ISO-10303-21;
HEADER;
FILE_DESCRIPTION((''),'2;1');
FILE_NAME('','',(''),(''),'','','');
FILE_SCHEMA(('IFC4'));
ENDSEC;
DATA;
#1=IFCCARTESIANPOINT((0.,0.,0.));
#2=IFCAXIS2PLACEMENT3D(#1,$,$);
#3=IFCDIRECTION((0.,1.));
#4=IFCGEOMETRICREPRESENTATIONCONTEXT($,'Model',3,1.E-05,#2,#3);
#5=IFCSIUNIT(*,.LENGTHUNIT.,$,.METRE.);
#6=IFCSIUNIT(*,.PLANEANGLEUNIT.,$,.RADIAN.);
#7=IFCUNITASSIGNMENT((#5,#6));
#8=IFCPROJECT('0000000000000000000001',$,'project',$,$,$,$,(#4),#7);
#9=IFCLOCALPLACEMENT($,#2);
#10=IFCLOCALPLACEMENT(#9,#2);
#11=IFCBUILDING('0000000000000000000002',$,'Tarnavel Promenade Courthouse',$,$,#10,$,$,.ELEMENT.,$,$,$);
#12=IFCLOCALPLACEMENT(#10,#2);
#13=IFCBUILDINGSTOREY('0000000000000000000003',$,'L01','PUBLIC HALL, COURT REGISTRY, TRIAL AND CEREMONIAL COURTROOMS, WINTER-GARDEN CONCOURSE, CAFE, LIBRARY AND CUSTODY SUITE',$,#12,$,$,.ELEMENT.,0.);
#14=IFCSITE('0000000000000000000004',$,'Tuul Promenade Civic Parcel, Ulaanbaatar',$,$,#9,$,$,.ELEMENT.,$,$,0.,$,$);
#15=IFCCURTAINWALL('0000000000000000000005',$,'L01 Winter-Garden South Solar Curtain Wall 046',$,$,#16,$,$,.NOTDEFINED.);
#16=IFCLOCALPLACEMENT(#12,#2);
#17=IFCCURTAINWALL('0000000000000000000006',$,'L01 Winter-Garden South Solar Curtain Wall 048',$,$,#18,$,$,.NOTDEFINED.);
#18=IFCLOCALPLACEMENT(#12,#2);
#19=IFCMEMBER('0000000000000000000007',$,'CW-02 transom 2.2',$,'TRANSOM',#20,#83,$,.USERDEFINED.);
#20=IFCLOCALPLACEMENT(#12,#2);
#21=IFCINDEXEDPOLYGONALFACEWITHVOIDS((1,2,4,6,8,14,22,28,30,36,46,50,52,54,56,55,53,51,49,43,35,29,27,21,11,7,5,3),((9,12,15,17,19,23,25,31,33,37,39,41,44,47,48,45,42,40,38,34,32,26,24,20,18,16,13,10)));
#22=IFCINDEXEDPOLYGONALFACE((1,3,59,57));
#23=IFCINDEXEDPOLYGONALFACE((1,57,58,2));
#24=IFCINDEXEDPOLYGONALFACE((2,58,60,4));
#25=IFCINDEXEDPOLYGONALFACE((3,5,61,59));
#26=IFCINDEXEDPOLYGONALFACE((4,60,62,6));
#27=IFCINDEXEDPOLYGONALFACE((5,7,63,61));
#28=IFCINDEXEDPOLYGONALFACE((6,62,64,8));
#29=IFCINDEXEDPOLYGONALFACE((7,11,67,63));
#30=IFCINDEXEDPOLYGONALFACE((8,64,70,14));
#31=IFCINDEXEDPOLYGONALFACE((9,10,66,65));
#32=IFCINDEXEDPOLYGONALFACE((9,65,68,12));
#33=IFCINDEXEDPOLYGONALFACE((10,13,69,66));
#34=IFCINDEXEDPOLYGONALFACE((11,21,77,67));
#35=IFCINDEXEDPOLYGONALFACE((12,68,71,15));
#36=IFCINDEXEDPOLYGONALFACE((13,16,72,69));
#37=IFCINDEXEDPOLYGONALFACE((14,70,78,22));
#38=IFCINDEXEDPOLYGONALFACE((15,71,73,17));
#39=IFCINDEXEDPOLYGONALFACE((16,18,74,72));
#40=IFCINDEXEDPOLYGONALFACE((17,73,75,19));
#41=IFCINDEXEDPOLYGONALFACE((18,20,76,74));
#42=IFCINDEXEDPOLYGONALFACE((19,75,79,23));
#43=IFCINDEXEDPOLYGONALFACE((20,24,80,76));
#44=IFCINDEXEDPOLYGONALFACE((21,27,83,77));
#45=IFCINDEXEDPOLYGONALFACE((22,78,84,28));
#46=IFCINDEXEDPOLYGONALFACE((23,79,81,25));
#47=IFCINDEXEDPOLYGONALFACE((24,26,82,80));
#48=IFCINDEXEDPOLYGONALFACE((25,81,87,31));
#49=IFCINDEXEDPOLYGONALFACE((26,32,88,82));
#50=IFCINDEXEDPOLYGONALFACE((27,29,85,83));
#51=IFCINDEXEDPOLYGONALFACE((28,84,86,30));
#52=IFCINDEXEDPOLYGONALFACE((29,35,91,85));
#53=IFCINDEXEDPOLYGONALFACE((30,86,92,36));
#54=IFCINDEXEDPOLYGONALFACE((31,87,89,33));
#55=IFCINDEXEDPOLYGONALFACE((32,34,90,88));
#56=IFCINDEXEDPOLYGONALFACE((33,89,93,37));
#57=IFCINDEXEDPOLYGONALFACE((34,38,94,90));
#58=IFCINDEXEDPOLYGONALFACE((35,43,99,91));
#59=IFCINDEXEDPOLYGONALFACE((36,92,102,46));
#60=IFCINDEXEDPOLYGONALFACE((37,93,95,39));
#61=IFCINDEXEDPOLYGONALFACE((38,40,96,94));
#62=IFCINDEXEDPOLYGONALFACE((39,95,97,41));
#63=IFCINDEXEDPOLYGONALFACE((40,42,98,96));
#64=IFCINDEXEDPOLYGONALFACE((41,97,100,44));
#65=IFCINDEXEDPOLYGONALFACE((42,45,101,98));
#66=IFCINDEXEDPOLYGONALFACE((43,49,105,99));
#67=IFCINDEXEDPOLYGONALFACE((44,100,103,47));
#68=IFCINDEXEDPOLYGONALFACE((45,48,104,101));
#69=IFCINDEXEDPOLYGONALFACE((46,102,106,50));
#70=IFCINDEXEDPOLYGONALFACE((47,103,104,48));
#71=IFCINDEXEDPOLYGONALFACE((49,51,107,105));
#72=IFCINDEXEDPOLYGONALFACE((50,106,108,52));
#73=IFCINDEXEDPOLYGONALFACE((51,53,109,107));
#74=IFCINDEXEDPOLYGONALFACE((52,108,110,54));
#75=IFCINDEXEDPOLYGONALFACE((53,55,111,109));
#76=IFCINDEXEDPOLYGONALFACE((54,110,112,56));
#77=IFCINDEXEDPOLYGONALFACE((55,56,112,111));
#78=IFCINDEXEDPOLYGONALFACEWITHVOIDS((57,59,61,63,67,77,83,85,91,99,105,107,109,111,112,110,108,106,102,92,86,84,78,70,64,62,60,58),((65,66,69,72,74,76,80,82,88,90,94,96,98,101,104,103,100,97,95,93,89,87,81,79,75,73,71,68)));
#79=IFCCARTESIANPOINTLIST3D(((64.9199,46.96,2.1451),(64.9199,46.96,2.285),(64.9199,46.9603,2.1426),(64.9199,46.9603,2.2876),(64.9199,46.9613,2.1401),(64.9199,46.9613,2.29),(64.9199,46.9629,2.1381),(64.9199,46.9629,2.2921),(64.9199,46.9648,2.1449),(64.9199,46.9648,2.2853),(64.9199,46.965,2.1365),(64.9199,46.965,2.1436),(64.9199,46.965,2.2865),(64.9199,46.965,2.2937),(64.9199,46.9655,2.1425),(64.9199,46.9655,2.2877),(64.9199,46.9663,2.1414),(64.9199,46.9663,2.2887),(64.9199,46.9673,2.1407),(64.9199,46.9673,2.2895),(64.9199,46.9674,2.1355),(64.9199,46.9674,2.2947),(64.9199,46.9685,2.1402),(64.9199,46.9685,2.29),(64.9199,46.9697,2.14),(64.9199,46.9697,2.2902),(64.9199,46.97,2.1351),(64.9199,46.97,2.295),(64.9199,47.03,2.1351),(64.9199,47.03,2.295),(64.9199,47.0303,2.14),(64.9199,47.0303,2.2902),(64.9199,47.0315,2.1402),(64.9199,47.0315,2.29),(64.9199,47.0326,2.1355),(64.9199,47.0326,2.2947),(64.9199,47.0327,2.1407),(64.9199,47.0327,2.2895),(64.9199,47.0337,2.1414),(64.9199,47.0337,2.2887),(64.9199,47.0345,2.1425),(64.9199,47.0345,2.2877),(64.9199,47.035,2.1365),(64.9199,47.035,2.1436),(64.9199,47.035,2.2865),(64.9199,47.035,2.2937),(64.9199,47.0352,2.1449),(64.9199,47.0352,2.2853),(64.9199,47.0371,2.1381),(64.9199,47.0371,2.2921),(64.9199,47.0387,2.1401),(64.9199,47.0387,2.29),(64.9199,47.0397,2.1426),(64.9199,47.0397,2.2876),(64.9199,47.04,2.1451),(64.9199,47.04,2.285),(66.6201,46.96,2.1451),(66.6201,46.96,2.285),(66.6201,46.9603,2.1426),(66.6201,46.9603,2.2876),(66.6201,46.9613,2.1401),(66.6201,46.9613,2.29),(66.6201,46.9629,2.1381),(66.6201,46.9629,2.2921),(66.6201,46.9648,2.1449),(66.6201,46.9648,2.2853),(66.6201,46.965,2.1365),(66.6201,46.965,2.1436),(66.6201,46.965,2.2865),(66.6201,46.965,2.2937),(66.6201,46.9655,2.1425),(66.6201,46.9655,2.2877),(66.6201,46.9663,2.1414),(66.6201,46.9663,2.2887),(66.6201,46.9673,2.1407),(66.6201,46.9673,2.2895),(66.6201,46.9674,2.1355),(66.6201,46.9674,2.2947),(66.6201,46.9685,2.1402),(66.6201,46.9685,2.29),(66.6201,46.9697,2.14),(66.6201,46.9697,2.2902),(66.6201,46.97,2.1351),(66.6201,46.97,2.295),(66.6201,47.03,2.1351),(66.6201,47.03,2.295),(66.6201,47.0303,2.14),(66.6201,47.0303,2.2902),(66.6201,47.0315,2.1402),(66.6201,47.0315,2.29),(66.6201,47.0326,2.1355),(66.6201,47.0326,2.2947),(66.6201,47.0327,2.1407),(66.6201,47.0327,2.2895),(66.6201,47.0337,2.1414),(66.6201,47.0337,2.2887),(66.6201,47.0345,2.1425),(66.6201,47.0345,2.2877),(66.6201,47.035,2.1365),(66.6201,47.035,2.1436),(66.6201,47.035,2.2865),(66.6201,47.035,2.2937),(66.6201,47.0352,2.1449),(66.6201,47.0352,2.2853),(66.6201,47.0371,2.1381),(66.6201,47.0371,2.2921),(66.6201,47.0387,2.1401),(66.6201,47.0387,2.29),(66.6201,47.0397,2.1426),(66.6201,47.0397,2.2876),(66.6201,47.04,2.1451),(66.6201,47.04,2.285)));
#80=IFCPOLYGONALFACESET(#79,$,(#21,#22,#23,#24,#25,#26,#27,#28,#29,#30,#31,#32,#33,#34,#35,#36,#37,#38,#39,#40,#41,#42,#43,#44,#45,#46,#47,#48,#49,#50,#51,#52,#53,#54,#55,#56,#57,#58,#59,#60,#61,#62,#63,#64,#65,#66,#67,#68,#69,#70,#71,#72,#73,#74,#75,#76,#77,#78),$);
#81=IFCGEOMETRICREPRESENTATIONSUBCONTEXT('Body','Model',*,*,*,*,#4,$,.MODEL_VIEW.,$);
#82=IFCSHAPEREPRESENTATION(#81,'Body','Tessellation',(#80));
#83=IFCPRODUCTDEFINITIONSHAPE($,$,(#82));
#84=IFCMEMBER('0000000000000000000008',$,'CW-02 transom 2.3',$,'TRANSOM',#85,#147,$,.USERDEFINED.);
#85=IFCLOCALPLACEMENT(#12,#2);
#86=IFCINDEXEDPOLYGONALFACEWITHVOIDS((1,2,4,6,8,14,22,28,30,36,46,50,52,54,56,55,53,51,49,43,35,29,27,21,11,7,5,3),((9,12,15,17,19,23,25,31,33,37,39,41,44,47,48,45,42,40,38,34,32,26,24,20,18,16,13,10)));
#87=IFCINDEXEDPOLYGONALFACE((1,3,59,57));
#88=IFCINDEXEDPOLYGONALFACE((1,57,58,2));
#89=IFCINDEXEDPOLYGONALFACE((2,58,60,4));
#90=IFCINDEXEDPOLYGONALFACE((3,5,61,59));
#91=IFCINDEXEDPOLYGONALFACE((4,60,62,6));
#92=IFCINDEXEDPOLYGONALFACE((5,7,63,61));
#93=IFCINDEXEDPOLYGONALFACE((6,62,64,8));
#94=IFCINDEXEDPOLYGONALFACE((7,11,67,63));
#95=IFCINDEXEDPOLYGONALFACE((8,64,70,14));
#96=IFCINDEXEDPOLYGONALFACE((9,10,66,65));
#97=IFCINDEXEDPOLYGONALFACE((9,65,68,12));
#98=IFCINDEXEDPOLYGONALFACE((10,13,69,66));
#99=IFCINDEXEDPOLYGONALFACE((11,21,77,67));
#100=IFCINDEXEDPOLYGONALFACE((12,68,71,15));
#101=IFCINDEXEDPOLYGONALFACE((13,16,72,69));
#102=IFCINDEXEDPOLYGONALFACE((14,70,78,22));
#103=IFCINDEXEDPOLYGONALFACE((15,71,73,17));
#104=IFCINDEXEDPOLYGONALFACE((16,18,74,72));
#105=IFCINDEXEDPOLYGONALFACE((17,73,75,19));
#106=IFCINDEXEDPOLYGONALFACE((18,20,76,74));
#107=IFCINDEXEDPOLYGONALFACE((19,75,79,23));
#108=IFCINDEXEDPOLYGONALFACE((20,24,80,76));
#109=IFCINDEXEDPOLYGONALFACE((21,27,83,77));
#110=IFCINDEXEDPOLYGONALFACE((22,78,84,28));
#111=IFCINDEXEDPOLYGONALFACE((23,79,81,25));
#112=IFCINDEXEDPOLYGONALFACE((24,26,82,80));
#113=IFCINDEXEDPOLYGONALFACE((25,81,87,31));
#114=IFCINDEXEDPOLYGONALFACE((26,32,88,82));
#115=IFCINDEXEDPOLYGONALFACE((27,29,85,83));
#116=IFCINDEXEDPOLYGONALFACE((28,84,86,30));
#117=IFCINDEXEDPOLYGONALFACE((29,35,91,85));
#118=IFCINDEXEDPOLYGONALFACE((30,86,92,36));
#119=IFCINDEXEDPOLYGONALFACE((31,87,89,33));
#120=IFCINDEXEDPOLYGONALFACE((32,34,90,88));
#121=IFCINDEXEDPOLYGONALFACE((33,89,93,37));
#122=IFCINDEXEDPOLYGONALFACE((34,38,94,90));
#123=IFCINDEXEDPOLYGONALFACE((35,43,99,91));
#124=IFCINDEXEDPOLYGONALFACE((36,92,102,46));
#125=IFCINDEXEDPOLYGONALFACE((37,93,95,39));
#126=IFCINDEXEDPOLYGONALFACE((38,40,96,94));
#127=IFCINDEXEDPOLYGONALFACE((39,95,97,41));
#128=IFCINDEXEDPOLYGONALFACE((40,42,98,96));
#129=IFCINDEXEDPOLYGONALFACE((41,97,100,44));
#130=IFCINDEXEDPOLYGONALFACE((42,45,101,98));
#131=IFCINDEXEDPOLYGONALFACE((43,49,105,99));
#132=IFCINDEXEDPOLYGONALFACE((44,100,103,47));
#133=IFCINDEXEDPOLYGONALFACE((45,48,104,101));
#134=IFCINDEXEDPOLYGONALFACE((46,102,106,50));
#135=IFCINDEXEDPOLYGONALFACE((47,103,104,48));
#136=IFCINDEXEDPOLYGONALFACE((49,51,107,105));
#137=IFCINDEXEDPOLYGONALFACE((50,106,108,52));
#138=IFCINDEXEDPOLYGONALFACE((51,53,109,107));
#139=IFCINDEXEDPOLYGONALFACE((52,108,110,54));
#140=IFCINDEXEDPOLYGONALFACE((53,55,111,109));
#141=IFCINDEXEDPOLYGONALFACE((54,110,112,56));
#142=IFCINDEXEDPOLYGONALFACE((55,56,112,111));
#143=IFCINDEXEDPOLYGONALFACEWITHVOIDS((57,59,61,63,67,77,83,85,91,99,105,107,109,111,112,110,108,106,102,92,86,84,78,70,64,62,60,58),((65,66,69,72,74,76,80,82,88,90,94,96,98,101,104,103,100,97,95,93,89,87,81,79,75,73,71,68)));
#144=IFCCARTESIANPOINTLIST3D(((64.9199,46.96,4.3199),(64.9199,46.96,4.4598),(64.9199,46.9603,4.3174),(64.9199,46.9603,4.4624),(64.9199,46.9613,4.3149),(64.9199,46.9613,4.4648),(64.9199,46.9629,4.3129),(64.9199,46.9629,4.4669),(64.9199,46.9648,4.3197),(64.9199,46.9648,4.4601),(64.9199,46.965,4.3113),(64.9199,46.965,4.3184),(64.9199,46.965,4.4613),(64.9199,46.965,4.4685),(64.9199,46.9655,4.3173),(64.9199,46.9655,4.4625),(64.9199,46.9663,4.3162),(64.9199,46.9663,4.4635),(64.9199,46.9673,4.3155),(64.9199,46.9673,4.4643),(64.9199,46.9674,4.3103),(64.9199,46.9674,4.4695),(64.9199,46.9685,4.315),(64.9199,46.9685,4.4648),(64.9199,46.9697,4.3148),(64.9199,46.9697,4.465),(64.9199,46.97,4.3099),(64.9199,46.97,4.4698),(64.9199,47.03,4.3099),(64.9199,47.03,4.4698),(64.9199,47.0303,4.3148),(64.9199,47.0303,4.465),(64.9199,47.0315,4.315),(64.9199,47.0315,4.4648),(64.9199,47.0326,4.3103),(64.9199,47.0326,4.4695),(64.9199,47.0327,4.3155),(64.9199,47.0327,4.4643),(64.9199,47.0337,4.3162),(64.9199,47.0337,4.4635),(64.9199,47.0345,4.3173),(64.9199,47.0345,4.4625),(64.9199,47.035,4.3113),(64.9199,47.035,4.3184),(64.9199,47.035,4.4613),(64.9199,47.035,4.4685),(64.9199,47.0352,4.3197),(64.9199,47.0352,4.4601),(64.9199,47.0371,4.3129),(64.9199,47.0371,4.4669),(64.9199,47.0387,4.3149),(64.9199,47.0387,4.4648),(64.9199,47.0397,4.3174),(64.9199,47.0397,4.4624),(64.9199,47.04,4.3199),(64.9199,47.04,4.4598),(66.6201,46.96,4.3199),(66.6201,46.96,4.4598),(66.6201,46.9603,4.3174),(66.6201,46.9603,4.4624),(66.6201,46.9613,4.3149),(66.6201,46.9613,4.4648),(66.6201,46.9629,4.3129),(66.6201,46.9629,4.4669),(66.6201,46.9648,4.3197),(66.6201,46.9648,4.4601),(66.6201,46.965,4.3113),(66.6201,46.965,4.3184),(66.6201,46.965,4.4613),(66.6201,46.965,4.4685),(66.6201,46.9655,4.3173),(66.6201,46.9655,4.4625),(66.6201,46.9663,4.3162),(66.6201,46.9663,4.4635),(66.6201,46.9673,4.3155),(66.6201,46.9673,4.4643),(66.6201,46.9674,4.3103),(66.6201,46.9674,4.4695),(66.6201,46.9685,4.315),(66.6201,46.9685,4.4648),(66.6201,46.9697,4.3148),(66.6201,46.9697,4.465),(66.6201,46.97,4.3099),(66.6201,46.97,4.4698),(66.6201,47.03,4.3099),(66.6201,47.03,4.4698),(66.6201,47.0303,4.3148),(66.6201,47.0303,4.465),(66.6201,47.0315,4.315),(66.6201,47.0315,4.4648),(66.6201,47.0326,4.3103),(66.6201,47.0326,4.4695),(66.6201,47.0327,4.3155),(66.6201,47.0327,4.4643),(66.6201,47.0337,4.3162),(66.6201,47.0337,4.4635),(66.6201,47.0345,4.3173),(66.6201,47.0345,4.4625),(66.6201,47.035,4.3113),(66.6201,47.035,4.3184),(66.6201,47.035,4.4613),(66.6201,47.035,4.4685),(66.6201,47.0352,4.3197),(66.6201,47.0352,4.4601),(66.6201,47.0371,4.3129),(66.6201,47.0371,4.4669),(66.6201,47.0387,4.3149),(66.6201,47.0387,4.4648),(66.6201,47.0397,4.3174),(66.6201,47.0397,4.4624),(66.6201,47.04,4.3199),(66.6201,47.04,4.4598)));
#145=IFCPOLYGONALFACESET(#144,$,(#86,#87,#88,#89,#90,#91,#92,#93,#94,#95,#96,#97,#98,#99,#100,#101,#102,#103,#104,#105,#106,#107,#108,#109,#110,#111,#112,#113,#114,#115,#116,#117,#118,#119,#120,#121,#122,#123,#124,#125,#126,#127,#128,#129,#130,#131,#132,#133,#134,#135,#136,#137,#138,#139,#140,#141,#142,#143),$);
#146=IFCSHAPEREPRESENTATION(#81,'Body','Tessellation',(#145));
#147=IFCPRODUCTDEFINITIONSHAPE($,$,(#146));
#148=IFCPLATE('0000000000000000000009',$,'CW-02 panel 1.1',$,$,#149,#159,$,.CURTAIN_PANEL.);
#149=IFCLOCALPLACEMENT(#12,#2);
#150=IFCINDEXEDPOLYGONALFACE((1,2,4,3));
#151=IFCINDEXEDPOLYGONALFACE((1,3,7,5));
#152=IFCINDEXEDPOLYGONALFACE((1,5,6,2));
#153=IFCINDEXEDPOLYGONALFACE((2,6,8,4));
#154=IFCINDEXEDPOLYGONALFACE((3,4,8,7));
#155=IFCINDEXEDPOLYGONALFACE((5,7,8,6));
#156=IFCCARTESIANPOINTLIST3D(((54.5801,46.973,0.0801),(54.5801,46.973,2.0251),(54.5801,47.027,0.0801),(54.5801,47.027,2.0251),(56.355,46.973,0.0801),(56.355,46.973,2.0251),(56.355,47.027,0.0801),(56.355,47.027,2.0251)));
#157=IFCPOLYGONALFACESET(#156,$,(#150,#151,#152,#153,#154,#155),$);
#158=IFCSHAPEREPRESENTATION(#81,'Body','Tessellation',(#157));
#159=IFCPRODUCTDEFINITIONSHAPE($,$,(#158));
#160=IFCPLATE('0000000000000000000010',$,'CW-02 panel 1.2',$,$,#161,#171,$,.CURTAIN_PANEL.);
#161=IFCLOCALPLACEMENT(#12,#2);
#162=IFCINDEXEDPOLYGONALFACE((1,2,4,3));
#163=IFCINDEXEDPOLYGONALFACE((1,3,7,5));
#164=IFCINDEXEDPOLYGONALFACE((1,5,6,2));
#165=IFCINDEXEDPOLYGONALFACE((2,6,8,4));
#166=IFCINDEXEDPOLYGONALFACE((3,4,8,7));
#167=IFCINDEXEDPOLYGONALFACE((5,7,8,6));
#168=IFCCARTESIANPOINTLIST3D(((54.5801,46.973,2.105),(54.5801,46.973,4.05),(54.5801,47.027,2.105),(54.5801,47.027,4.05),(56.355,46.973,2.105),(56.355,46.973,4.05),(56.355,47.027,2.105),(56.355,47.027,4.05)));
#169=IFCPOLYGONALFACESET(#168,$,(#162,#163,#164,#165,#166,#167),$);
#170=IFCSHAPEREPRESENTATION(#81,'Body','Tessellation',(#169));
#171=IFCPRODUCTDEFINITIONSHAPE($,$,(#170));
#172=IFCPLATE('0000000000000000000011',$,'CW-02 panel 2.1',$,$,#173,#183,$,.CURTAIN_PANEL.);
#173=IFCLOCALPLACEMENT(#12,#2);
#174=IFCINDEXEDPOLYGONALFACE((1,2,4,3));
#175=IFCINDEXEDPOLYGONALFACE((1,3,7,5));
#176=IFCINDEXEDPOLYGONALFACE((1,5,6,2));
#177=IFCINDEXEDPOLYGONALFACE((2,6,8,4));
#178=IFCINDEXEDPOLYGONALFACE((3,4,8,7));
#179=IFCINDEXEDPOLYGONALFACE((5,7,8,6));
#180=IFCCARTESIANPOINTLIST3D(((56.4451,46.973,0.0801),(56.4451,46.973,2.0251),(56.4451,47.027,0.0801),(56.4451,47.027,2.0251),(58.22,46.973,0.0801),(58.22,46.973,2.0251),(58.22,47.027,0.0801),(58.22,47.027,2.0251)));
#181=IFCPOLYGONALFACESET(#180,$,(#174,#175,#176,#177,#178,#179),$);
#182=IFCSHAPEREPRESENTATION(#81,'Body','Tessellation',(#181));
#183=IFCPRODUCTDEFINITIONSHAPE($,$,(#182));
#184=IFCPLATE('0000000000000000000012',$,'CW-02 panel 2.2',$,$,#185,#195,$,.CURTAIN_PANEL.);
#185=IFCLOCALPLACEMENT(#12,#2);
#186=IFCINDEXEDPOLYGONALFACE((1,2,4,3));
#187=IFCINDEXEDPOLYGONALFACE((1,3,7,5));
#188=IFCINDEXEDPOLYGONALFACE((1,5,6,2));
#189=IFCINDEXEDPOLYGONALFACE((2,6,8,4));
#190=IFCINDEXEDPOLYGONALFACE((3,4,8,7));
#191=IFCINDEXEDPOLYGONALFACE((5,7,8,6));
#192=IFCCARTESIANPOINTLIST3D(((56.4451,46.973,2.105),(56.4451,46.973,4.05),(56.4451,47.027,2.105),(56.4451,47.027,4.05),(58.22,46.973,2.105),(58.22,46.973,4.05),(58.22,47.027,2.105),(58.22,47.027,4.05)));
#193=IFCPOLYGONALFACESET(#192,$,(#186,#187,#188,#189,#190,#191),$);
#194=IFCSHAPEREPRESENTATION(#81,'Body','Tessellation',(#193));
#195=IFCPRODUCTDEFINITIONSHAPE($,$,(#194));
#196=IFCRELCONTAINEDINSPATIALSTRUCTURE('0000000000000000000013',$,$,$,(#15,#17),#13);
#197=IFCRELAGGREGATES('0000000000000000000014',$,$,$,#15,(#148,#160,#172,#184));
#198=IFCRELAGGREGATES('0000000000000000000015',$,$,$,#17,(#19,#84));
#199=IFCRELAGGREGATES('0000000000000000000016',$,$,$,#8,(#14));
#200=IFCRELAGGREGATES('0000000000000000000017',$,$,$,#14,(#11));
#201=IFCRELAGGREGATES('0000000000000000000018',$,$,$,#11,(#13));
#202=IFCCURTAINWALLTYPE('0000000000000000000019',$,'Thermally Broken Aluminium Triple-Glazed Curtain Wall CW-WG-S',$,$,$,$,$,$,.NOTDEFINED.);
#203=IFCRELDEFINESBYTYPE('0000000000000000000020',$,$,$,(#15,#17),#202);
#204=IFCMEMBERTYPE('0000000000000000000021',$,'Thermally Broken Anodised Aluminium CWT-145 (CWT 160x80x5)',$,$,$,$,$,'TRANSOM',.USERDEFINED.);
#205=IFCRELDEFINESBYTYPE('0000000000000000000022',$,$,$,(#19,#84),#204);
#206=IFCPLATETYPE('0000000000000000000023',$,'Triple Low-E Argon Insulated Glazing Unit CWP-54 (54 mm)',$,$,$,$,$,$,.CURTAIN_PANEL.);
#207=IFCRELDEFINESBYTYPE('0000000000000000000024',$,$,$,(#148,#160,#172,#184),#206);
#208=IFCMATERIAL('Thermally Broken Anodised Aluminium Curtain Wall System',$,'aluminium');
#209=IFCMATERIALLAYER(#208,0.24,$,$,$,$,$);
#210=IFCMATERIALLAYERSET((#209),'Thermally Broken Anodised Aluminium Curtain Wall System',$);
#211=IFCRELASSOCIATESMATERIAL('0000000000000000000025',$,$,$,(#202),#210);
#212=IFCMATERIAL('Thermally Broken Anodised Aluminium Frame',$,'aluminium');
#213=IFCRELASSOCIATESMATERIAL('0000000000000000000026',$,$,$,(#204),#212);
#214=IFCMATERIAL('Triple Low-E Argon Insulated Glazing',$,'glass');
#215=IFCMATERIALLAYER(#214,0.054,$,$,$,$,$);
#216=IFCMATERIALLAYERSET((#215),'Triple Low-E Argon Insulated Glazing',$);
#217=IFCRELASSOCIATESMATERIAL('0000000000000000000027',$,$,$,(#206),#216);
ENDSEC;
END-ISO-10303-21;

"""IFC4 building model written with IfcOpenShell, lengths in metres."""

from ifc_helpers import new_model, si_unit, direction, frame, origin, origin_2d, place, context, subcontext, project, spatial, rectangle, hollow_rectangle, extrude, material, layer, layer_set, material_profile, profile_set, type_object, element, aggregate, save


model = new_model("IFC4")

# Units and contexts
model_context = context("Model", 3, precision=1e-05, world=origin(), true_north=direction((0.0, 1.0)))
body_context = subcontext(model_context, "Body", "Model", "MODEL_VIEW")
ifc_project = project(units=[si_unit("LENGTHUNIT", "METRE"), si_unit("PLANEANGLEUNIT", "RADIAN")], contexts=[model_context])

# Site, building, storey
site_placement = place(None, origin())
site = spatial("IfcSite", under=ifc_project, at=site_placement, Name="Tuul Promenade Civic Parcel, Ulaanbaatar", CompositionType="ELEMENT", RefElevation=0.0)
building_placement = place(site_placement, origin())
building = spatial("IfcBuilding", under=site, at=building_placement, Name="Tarnavel Promenade Courthouse", CompositionType="ELEMENT")
storey_placement = place(building_placement, origin())
storey = spatial("IfcBuildingStorey", under=building, at=storey_placement, Name="L01", Description="PUBLIC HALL, COURT REGISTRY, TRIAL AND CEREMONIAL COURTROOMS, WINTER-GARDEN CONCOURSE, CAFE, LIBRARY AND CUSTODY SUITE", CompositionType="ELEMENT", Elevation=0.0)

# Curtain walls
ifc_material_1 = material(Name="Thermally Broken Anodised Aluminium Curtain Wall System", Category="aluminium")
ifc_layer_1 = layer(ifc_material_1, 0.24)
ifc_layer_set_1 = layer_set([ifc_layer_1], Name="Thermally Broken Anodised Aluminium Curtain Wall System")
curtain_wall_type = type_object("IfcCurtainWallType", Name="Thermally Broken Aluminium Triple-Glazed Curtain Wall CW-WG-S", PredefinedType="NOTDEFINED", material=ifc_layer_set_1)
curtain_wall_1_placement = place(storey_placement, origin())
curtain_wall_1 = element("IfcCurtainWall", 1, at=curtain_wall_1_placement, inside=storey, type_object=curtain_wall_type, Name="L01 Winter-Garden South Solar Curtain Wall 046", PredefinedType="NOTDEFINED")
ifc_material_2 = material(Name="Thermally Broken Anodised Aluminium Frame", Category="aluminium")
curtain_wall_2_placement = place(storey_placement, origin())
curtain_wall_2 = element("IfcCurtainWall", 2, at=curtain_wall_2_placement, inside=storey, type_object=curtain_wall_type, Name="L01 Winter-Garden South Solar Curtain Wall 048", PredefinedType="NOTDEFINED")

# Members
ifc_material_profile_1 = material_profile(ifc_material_2, hollow_rectangle(XDim=0.0801, YDim=0.1599, WallThickness=0.0049, InnerFilletRadius=0.0049, OuterFilletRadius=0.01, at=origin_2d()), Name="CWT 160x80x5")
ifc_profile_set_1 = profile_set([ifc_material_profile_1], Name="Thermally Broken Anodised Aluminium Frame")
member_type_1 = type_object("IfcMemberType", Name="Thermally Broken Anodised Aluminium CWT-145 (CWT 160x80x5)", ElementType="TRANSOM", PredefinedType="USERDEFINED", material=ifc_profile_set_1)
member_1_placement = place(storey_placement, frame((64.9199, 47.0, 2.2151), z_axis=(1.0, 0.0, 0.0), x_axis=(0.0, 1.0, 0.0)))
member_1 = element("IfcMember", 3, at=member_1_placement, type_object=member_type_1, Name="CW-02 transom 2.2", ObjectType="TRANSOM", PredefinedType="USERDEFINED", context=body_context, shape_type="SweptSolid", body=[
    extrude(hollow_rectangle(XDim=0.0801, YDim=0.1599, WallThickness=0.0049, InnerFilletRadius=0.0049, OuterFilletRadius=0.01, at=origin_2d()), origin(), (0.0, 0.0, 1.0), 1.7002),
])
member_2_placement = place(storey_placement, frame((64.9199, 47.0, 4.3899), z_axis=(1.0, 0.0, 0.0), x_axis=(0.0, 1.0, 0.0)))
member_2 = element("IfcMember", 4, at=member_2_placement, type_object=member_type_1, Name="CW-02 transom 2.3", ObjectType="TRANSOM", PredefinedType="USERDEFINED", context=body_context, shape_type="SweptSolid", body=[
    extrude(hollow_rectangle(XDim=0.0801, YDim=0.1599, WallThickness=0.0049, InnerFilletRadius=0.0049, OuterFilletRadius=0.01, at=origin_2d()), origin(), (0.0, 0.0, 1.0), 1.7002),
])

# Plates
ifc_material_3 = material(Name="Triple Low-E Argon Insulated Glazing", Category="glass")
ifc_layer_2 = layer(ifc_material_3, 0.054)
ifc_layer_set_2 = layer_set([ifc_layer_2], Name="Triple Low-E Argon Insulated Glazing")
plate_type = type_object("IfcPlateType", Name="Triple Low-E Argon Insulated Glazing Unit CWP-54 (54 mm)", PredefinedType="CURTAIN_PANEL", material=ifc_layer_set_2)
plate_1_placement = place(storey_placement, frame((55.4675, 47.0, 0.0801), z_axis=(0.0, 0.0, 1.0), x_axis=(1.0, 0.0, 0.0)))
plate_1 = element("IfcPlate", 5, at=plate_1_placement, type_object=plate_type, Name="CW-02 panel 1.1", PredefinedType="CURTAIN_PANEL", context=body_context, shape_type="SweptSolid", body=[
    extrude(rectangle(XDim=1.7749, YDim=0.054, at=origin_2d()), origin(), (0.0, 0.0, 1.0), 1.9451),
])
plate_2_placement = place(storey_placement, frame((55.4675, 47.0, 2.105), z_axis=(0.0, 0.0, 1.0), x_axis=(1.0, 0.0, 0.0)))
plate_2 = element("IfcPlate", 6, at=plate_2_placement, type_object=plate_type, Name="CW-02 panel 1.2", PredefinedType="CURTAIN_PANEL", context=body_context, shape_type="SweptSolid", body=[
    extrude(rectangle(XDim=1.7749, YDim=0.054, at=origin_2d()), origin(), (0.0, 0.0, 1.0), 1.9451),
])
plate_3_placement = place(storey_placement, frame((57.3325, 47.0, 0.0801), z_axis=(0.0, 0.0, 1.0), x_axis=(1.0, 0.0, 0.0)))
plate_3 = element("IfcPlate", 7, at=plate_3_placement, type_object=plate_type, Name="CW-02 panel 2.1", PredefinedType="CURTAIN_PANEL", context=body_context, shape_type="SweptSolid", body=[
    extrude(rectangle(XDim=1.7749, YDim=0.054, at=origin_2d()), origin(), (0.0, 0.0, 1.0), 1.9451),
])
plate_4_placement = place(storey_placement, frame((57.3325, 47.0, 2.105), z_axis=(0.0, 0.0, 1.0), x_axis=(1.0, 0.0, 0.0)))
plate_4 = element("IfcPlate", 8, at=plate_4_placement, type_object=plate_type, Name="CW-02 panel 2.2", PredefinedType="CURTAIN_PANEL", context=body_context, shape_type="SweptSolid", body=[
    extrude(rectangle(XDim=1.7749, YDim=0.054, at=origin_2d()), origin(), (0.0, 0.0, 1.0), 1.9451),
])
aggregate(curtain_wall_1, [plate_1, plate_2, plate_3, plate_4])
aggregate(curtain_wall_2, [member_1, member_2])

save(model, "model.ifc")
